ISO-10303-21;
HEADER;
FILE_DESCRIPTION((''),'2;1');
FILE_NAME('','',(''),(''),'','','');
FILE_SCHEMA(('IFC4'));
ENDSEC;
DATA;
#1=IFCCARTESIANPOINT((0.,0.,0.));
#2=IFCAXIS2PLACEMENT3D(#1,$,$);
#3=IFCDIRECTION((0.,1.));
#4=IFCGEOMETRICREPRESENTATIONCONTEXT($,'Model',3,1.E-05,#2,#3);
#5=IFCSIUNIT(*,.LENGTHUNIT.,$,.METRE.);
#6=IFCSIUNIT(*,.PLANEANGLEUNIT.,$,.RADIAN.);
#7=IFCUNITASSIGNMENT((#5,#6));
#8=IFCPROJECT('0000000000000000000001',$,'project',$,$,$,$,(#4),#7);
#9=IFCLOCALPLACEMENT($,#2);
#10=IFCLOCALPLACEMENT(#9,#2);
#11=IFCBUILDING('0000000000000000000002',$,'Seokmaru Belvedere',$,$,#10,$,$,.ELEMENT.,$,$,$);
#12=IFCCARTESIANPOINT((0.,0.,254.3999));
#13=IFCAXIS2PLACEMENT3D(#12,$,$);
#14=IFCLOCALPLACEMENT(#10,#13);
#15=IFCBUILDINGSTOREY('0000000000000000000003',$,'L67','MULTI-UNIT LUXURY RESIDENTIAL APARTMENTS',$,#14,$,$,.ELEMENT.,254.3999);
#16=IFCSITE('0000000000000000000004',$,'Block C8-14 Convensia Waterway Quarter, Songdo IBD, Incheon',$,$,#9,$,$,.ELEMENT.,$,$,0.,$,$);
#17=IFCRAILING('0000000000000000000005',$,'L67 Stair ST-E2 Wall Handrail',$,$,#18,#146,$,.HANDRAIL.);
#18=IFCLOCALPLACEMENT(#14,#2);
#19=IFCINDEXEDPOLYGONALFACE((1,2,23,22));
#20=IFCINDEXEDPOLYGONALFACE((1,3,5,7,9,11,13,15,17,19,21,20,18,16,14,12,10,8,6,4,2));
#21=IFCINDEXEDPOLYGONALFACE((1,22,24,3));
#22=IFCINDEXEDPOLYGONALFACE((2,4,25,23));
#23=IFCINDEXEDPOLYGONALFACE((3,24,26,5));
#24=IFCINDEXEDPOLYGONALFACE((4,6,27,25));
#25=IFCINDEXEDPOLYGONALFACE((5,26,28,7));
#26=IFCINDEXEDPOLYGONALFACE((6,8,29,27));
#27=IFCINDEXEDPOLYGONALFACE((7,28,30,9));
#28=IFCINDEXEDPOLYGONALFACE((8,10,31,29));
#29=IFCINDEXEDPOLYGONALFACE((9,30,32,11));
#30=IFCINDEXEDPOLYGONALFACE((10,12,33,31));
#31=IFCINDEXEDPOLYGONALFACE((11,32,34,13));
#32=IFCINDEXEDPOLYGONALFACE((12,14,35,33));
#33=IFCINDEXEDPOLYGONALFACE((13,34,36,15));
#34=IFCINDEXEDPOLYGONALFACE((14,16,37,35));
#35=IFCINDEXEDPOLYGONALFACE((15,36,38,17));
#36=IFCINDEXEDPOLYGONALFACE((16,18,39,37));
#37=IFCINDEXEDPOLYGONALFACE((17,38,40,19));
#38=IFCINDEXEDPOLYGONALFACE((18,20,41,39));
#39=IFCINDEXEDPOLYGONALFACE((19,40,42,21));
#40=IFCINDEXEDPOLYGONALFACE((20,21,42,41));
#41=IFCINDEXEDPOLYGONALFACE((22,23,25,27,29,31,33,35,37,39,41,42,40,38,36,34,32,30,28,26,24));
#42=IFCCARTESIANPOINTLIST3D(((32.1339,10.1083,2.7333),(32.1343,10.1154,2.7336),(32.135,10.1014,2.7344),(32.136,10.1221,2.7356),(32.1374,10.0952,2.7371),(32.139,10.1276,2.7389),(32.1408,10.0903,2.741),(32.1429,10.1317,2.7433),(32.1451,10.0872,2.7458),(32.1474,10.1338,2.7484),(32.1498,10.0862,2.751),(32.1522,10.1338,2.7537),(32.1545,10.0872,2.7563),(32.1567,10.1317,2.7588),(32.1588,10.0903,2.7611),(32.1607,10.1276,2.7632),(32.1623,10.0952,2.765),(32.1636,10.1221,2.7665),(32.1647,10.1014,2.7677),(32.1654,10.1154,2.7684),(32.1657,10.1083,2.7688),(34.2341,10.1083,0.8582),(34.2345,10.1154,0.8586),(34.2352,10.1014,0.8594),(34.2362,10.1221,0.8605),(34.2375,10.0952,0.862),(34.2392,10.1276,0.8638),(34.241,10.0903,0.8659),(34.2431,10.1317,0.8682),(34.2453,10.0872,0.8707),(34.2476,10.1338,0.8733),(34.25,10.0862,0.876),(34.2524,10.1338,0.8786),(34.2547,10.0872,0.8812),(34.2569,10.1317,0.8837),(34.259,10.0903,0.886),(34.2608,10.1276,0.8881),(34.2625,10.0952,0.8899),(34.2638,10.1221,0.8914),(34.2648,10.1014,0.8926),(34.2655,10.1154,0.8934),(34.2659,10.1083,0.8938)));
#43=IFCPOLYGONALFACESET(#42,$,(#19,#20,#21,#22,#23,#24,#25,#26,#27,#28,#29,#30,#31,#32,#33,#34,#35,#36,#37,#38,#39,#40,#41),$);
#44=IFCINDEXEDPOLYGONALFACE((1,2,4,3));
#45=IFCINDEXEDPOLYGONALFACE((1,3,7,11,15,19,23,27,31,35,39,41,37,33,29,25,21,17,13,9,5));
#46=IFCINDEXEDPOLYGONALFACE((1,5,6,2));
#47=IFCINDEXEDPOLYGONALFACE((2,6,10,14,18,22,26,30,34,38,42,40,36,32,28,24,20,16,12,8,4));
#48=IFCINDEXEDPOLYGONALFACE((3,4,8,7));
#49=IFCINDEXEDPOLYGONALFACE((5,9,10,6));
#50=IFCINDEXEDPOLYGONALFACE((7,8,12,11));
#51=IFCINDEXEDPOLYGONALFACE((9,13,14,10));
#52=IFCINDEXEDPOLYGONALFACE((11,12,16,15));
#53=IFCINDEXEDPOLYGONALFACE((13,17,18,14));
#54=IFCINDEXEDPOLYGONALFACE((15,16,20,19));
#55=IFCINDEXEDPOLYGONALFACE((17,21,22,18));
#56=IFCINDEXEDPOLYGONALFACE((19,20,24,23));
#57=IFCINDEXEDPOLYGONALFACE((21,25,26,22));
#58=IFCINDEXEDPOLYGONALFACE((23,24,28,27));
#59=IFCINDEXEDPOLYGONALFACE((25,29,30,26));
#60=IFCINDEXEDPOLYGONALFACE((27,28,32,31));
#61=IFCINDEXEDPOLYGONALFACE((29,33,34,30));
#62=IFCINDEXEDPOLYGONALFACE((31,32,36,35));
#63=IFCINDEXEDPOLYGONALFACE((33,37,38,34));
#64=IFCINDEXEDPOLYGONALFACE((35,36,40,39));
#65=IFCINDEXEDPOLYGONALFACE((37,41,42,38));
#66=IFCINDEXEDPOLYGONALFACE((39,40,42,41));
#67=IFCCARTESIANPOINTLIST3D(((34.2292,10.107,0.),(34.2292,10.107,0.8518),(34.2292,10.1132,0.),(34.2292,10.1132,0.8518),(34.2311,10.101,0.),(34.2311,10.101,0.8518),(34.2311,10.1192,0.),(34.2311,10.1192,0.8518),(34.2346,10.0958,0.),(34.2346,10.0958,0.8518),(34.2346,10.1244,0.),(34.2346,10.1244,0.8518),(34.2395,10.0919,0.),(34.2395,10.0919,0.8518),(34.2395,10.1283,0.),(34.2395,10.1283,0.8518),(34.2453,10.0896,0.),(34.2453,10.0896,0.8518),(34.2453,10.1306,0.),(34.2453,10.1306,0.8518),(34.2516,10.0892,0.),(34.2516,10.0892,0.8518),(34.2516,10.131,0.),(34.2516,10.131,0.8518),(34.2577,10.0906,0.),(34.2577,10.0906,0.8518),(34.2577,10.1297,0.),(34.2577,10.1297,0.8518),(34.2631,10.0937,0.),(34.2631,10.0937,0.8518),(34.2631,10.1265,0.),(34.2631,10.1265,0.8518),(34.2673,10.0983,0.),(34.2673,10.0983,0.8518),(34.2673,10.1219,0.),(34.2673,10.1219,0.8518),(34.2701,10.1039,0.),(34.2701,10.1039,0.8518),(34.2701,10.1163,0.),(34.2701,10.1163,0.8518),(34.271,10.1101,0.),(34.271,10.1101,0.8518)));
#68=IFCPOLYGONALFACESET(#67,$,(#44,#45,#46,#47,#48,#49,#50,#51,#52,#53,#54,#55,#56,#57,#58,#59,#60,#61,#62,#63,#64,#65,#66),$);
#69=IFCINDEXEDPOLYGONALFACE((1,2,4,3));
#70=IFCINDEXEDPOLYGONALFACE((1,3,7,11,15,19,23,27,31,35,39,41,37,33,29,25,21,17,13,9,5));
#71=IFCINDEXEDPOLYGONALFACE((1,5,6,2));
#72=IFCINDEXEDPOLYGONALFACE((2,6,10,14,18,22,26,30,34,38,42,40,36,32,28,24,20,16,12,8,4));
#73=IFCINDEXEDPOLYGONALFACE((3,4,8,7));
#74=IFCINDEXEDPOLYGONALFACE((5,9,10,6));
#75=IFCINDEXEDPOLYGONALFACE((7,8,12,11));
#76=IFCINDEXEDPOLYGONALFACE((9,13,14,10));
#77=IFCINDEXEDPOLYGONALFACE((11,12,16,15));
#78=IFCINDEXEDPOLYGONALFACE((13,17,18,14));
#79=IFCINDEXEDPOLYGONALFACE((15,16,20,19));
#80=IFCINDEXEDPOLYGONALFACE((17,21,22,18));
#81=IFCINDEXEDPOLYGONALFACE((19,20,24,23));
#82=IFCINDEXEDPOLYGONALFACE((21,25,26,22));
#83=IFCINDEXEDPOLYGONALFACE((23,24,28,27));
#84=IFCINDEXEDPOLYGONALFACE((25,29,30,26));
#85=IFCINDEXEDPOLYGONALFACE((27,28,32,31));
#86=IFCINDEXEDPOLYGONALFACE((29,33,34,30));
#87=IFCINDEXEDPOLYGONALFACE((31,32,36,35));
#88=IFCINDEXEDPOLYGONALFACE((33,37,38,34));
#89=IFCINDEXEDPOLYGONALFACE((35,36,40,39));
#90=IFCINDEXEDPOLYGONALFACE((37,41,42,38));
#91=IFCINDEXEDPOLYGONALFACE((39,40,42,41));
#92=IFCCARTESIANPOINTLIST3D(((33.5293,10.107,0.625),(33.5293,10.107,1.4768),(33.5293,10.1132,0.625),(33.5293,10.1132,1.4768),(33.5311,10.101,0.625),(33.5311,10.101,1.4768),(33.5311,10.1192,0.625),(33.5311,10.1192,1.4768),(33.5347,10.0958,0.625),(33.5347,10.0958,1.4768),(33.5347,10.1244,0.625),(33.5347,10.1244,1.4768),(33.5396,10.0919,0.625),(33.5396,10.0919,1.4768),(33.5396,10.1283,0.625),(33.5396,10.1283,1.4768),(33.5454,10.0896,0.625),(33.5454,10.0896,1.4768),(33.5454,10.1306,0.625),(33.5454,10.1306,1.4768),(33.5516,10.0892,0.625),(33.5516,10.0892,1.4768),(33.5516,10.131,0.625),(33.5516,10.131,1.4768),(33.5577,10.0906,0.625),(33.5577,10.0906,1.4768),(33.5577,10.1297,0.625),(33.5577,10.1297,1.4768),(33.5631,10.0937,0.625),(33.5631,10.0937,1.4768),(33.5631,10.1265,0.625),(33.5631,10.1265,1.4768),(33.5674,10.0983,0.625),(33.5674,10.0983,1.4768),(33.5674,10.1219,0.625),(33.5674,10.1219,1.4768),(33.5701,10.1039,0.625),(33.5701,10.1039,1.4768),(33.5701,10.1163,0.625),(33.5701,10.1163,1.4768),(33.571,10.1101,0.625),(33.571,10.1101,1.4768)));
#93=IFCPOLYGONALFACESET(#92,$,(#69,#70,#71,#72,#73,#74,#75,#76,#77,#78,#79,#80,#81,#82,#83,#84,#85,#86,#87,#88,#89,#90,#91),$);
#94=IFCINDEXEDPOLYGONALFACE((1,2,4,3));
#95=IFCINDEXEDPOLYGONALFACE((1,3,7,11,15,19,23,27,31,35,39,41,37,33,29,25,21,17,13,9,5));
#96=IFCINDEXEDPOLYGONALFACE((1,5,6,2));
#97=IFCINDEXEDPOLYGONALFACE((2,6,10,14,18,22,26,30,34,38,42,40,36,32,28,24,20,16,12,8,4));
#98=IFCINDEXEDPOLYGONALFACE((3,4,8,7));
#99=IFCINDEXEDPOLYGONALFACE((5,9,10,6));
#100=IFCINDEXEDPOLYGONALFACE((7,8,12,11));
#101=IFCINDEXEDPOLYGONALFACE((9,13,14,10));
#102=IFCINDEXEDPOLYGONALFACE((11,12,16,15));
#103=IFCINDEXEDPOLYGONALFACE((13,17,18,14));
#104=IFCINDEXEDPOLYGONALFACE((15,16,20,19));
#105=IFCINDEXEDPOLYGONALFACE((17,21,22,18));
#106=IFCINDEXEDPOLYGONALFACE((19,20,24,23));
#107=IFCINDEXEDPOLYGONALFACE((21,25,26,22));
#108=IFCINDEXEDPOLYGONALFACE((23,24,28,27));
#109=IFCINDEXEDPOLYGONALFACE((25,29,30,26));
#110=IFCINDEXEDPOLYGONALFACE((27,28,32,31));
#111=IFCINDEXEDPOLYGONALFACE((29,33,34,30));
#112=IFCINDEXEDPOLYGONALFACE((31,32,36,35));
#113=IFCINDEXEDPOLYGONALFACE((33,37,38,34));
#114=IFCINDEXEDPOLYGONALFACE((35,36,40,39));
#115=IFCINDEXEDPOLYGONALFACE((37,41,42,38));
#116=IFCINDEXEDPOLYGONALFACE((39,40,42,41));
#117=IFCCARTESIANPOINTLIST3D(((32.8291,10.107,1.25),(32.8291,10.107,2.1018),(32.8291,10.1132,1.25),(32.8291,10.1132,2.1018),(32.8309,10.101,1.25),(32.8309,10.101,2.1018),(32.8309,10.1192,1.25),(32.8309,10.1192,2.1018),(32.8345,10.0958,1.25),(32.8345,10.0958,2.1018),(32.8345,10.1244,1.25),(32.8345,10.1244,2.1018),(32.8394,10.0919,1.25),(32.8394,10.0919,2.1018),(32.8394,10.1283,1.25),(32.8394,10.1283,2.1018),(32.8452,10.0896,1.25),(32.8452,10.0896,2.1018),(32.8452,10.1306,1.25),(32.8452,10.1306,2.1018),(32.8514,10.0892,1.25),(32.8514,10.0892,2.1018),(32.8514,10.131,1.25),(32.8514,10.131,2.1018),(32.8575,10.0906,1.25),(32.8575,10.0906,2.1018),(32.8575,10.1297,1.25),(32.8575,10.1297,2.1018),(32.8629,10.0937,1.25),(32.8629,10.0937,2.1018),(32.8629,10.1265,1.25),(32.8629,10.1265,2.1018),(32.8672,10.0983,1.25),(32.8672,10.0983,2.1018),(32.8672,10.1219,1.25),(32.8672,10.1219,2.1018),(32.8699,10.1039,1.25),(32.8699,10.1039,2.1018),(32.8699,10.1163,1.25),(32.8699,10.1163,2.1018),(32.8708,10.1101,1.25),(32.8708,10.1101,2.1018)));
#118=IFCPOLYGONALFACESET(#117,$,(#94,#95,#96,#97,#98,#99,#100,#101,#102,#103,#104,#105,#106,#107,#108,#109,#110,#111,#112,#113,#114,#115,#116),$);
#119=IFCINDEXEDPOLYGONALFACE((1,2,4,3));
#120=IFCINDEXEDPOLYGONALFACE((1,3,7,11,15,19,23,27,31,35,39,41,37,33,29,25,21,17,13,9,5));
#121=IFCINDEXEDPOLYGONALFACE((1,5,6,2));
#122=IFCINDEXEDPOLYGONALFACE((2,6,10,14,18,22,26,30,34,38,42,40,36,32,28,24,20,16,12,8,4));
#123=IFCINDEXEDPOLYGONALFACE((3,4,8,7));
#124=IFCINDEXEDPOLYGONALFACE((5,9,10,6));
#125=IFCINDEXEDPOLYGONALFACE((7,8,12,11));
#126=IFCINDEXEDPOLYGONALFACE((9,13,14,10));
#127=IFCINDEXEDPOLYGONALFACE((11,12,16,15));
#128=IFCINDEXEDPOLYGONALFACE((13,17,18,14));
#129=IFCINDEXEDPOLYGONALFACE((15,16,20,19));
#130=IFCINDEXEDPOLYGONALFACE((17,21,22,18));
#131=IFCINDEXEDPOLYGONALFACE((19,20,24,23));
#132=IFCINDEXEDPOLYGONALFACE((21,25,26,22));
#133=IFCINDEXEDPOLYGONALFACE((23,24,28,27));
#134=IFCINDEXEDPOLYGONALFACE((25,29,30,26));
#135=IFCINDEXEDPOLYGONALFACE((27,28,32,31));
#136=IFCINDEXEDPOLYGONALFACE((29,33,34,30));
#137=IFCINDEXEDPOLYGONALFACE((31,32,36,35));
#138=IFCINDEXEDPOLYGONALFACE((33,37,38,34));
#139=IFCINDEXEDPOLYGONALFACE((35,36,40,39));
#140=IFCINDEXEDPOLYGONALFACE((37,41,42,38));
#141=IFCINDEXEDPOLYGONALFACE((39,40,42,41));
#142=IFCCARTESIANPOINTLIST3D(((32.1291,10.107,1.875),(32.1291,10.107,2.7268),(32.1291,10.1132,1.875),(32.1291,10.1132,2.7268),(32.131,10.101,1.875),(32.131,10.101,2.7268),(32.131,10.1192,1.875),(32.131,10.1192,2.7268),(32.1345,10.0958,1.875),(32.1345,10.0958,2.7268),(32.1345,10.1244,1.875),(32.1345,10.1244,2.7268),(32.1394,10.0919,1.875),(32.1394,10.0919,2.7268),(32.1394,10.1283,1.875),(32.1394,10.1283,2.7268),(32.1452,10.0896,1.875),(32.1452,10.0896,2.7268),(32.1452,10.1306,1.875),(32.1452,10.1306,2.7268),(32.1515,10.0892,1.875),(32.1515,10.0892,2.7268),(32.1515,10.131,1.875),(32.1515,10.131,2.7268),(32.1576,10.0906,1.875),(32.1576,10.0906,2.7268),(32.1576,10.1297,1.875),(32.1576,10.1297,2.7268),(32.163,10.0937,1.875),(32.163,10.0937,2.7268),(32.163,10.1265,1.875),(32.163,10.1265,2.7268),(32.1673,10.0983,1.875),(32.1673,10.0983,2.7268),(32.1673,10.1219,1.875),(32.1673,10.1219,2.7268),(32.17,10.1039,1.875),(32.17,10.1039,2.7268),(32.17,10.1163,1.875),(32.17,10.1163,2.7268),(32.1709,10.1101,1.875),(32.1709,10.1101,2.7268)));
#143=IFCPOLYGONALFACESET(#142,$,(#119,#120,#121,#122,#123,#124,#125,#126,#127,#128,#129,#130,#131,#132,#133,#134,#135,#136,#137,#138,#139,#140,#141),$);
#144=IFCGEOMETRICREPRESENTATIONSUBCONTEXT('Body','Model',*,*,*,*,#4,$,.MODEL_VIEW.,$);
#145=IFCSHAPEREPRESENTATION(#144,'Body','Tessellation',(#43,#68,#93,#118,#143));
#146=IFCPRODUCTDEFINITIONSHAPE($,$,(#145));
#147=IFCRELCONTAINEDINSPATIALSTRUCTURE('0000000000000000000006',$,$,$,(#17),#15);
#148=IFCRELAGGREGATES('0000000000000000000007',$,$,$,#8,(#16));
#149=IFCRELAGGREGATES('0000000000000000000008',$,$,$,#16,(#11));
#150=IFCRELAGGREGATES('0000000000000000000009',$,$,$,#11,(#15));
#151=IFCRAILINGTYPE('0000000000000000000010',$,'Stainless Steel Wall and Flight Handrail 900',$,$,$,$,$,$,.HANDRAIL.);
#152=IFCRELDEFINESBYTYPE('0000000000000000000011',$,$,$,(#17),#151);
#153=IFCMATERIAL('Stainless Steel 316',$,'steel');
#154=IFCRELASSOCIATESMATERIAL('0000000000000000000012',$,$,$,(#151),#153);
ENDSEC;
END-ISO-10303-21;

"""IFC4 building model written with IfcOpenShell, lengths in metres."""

from ifc_helpers import new_model, si_unit, direction, frame, origin, origin_2d, place, context, subcontext, project, spatial, circle, extrude, material, type_object, element, save


model = new_model("IFC4")

# Units and contexts
model_context = context("Model", 3, precision=1e-05, world=origin(), true_north=direction((0.0, 1.0)))
body_context = subcontext(model_context, "Body", "Model", "MODEL_VIEW")
ifc_project = project(units=[si_unit("LENGTHUNIT", "METRE"), si_unit("PLANEANGLEUNIT", "RADIAN")], contexts=[model_context])

# Site, building, storey
site_placement = place(None, origin())
site = spatial("IfcSite", under=ifc_project, at=site_placement, Name="Block C8-14 Convensia Waterway Quarter, Songdo IBD, Incheon", CompositionType="ELEMENT", RefElevation=0.0)
building_placement = place(site_placement, origin())
building = spatial("IfcBuilding", under=site, at=building_placement, Name="Seokmaru Belvedere", CompositionType="ELEMENT")
storey_placement = place(building_placement, frame((0.0, 0.0, 254.3999)))
storey = spatial("IfcBuildingStorey", under=building, at=storey_placement, Name="L67", Description="MULTI-UNIT LUXURY RESIDENTIAL APARTMENTS", CompositionType="ELEMENT", Elevation=254.3999)

# Railing
ifc_material_1 = material(Name="Stainless Steel 316", Category="steel")
railing_type_1 = type_object("IfcRailingType", Name="Stainless Steel Wall and Flight Handrail 900", PredefinedType="HANDRAIL", material=ifc_material_1)
railing_1_placement = place(storey_placement, frame((34.25, 10.1101, 0.0)))
element("IfcRailing", 1, at=railing_1_placement, inside=storey, type_object=railing_type_1, Name="L67 Stair ST-E2 Wall Handrail", PredefinedType="HANDRAIL", context=body_context, shape_type="SweptSolid", body=[
    extrude(circle(Radius=0.0239, at=origin_2d()), frame((0.0, 0.0, 0.876), z_axis=(-0.745953, 0.0, 0.665999), x_axis=(0.0, -1.0, 0.0)), (0.0, 0.0, 1.0), 2.8154),
    extrude(circle(Radius=0.021, at=origin_2d()), origin(), (0.0, 0.0, 1.0), 0.8518),
    extrude(circle(Radius=0.021, at=origin_2d()), frame((-0.7, 0.0, 0.625)), (0.0, 0.0, 1.0), 0.8518),
    extrude(circle(Radius=0.021, at=origin_2d()), frame((-1.4001, 0.0, 1.25)), (0.0, 0.0, 1.0), 0.8518),
    extrude(circle(Radius=0.021, at=origin_2d()), frame((-2.1001, 0.0, 1.875)), (0.0, 0.0, 1.0), 0.8518),
])

save(model, "model.ifc")
